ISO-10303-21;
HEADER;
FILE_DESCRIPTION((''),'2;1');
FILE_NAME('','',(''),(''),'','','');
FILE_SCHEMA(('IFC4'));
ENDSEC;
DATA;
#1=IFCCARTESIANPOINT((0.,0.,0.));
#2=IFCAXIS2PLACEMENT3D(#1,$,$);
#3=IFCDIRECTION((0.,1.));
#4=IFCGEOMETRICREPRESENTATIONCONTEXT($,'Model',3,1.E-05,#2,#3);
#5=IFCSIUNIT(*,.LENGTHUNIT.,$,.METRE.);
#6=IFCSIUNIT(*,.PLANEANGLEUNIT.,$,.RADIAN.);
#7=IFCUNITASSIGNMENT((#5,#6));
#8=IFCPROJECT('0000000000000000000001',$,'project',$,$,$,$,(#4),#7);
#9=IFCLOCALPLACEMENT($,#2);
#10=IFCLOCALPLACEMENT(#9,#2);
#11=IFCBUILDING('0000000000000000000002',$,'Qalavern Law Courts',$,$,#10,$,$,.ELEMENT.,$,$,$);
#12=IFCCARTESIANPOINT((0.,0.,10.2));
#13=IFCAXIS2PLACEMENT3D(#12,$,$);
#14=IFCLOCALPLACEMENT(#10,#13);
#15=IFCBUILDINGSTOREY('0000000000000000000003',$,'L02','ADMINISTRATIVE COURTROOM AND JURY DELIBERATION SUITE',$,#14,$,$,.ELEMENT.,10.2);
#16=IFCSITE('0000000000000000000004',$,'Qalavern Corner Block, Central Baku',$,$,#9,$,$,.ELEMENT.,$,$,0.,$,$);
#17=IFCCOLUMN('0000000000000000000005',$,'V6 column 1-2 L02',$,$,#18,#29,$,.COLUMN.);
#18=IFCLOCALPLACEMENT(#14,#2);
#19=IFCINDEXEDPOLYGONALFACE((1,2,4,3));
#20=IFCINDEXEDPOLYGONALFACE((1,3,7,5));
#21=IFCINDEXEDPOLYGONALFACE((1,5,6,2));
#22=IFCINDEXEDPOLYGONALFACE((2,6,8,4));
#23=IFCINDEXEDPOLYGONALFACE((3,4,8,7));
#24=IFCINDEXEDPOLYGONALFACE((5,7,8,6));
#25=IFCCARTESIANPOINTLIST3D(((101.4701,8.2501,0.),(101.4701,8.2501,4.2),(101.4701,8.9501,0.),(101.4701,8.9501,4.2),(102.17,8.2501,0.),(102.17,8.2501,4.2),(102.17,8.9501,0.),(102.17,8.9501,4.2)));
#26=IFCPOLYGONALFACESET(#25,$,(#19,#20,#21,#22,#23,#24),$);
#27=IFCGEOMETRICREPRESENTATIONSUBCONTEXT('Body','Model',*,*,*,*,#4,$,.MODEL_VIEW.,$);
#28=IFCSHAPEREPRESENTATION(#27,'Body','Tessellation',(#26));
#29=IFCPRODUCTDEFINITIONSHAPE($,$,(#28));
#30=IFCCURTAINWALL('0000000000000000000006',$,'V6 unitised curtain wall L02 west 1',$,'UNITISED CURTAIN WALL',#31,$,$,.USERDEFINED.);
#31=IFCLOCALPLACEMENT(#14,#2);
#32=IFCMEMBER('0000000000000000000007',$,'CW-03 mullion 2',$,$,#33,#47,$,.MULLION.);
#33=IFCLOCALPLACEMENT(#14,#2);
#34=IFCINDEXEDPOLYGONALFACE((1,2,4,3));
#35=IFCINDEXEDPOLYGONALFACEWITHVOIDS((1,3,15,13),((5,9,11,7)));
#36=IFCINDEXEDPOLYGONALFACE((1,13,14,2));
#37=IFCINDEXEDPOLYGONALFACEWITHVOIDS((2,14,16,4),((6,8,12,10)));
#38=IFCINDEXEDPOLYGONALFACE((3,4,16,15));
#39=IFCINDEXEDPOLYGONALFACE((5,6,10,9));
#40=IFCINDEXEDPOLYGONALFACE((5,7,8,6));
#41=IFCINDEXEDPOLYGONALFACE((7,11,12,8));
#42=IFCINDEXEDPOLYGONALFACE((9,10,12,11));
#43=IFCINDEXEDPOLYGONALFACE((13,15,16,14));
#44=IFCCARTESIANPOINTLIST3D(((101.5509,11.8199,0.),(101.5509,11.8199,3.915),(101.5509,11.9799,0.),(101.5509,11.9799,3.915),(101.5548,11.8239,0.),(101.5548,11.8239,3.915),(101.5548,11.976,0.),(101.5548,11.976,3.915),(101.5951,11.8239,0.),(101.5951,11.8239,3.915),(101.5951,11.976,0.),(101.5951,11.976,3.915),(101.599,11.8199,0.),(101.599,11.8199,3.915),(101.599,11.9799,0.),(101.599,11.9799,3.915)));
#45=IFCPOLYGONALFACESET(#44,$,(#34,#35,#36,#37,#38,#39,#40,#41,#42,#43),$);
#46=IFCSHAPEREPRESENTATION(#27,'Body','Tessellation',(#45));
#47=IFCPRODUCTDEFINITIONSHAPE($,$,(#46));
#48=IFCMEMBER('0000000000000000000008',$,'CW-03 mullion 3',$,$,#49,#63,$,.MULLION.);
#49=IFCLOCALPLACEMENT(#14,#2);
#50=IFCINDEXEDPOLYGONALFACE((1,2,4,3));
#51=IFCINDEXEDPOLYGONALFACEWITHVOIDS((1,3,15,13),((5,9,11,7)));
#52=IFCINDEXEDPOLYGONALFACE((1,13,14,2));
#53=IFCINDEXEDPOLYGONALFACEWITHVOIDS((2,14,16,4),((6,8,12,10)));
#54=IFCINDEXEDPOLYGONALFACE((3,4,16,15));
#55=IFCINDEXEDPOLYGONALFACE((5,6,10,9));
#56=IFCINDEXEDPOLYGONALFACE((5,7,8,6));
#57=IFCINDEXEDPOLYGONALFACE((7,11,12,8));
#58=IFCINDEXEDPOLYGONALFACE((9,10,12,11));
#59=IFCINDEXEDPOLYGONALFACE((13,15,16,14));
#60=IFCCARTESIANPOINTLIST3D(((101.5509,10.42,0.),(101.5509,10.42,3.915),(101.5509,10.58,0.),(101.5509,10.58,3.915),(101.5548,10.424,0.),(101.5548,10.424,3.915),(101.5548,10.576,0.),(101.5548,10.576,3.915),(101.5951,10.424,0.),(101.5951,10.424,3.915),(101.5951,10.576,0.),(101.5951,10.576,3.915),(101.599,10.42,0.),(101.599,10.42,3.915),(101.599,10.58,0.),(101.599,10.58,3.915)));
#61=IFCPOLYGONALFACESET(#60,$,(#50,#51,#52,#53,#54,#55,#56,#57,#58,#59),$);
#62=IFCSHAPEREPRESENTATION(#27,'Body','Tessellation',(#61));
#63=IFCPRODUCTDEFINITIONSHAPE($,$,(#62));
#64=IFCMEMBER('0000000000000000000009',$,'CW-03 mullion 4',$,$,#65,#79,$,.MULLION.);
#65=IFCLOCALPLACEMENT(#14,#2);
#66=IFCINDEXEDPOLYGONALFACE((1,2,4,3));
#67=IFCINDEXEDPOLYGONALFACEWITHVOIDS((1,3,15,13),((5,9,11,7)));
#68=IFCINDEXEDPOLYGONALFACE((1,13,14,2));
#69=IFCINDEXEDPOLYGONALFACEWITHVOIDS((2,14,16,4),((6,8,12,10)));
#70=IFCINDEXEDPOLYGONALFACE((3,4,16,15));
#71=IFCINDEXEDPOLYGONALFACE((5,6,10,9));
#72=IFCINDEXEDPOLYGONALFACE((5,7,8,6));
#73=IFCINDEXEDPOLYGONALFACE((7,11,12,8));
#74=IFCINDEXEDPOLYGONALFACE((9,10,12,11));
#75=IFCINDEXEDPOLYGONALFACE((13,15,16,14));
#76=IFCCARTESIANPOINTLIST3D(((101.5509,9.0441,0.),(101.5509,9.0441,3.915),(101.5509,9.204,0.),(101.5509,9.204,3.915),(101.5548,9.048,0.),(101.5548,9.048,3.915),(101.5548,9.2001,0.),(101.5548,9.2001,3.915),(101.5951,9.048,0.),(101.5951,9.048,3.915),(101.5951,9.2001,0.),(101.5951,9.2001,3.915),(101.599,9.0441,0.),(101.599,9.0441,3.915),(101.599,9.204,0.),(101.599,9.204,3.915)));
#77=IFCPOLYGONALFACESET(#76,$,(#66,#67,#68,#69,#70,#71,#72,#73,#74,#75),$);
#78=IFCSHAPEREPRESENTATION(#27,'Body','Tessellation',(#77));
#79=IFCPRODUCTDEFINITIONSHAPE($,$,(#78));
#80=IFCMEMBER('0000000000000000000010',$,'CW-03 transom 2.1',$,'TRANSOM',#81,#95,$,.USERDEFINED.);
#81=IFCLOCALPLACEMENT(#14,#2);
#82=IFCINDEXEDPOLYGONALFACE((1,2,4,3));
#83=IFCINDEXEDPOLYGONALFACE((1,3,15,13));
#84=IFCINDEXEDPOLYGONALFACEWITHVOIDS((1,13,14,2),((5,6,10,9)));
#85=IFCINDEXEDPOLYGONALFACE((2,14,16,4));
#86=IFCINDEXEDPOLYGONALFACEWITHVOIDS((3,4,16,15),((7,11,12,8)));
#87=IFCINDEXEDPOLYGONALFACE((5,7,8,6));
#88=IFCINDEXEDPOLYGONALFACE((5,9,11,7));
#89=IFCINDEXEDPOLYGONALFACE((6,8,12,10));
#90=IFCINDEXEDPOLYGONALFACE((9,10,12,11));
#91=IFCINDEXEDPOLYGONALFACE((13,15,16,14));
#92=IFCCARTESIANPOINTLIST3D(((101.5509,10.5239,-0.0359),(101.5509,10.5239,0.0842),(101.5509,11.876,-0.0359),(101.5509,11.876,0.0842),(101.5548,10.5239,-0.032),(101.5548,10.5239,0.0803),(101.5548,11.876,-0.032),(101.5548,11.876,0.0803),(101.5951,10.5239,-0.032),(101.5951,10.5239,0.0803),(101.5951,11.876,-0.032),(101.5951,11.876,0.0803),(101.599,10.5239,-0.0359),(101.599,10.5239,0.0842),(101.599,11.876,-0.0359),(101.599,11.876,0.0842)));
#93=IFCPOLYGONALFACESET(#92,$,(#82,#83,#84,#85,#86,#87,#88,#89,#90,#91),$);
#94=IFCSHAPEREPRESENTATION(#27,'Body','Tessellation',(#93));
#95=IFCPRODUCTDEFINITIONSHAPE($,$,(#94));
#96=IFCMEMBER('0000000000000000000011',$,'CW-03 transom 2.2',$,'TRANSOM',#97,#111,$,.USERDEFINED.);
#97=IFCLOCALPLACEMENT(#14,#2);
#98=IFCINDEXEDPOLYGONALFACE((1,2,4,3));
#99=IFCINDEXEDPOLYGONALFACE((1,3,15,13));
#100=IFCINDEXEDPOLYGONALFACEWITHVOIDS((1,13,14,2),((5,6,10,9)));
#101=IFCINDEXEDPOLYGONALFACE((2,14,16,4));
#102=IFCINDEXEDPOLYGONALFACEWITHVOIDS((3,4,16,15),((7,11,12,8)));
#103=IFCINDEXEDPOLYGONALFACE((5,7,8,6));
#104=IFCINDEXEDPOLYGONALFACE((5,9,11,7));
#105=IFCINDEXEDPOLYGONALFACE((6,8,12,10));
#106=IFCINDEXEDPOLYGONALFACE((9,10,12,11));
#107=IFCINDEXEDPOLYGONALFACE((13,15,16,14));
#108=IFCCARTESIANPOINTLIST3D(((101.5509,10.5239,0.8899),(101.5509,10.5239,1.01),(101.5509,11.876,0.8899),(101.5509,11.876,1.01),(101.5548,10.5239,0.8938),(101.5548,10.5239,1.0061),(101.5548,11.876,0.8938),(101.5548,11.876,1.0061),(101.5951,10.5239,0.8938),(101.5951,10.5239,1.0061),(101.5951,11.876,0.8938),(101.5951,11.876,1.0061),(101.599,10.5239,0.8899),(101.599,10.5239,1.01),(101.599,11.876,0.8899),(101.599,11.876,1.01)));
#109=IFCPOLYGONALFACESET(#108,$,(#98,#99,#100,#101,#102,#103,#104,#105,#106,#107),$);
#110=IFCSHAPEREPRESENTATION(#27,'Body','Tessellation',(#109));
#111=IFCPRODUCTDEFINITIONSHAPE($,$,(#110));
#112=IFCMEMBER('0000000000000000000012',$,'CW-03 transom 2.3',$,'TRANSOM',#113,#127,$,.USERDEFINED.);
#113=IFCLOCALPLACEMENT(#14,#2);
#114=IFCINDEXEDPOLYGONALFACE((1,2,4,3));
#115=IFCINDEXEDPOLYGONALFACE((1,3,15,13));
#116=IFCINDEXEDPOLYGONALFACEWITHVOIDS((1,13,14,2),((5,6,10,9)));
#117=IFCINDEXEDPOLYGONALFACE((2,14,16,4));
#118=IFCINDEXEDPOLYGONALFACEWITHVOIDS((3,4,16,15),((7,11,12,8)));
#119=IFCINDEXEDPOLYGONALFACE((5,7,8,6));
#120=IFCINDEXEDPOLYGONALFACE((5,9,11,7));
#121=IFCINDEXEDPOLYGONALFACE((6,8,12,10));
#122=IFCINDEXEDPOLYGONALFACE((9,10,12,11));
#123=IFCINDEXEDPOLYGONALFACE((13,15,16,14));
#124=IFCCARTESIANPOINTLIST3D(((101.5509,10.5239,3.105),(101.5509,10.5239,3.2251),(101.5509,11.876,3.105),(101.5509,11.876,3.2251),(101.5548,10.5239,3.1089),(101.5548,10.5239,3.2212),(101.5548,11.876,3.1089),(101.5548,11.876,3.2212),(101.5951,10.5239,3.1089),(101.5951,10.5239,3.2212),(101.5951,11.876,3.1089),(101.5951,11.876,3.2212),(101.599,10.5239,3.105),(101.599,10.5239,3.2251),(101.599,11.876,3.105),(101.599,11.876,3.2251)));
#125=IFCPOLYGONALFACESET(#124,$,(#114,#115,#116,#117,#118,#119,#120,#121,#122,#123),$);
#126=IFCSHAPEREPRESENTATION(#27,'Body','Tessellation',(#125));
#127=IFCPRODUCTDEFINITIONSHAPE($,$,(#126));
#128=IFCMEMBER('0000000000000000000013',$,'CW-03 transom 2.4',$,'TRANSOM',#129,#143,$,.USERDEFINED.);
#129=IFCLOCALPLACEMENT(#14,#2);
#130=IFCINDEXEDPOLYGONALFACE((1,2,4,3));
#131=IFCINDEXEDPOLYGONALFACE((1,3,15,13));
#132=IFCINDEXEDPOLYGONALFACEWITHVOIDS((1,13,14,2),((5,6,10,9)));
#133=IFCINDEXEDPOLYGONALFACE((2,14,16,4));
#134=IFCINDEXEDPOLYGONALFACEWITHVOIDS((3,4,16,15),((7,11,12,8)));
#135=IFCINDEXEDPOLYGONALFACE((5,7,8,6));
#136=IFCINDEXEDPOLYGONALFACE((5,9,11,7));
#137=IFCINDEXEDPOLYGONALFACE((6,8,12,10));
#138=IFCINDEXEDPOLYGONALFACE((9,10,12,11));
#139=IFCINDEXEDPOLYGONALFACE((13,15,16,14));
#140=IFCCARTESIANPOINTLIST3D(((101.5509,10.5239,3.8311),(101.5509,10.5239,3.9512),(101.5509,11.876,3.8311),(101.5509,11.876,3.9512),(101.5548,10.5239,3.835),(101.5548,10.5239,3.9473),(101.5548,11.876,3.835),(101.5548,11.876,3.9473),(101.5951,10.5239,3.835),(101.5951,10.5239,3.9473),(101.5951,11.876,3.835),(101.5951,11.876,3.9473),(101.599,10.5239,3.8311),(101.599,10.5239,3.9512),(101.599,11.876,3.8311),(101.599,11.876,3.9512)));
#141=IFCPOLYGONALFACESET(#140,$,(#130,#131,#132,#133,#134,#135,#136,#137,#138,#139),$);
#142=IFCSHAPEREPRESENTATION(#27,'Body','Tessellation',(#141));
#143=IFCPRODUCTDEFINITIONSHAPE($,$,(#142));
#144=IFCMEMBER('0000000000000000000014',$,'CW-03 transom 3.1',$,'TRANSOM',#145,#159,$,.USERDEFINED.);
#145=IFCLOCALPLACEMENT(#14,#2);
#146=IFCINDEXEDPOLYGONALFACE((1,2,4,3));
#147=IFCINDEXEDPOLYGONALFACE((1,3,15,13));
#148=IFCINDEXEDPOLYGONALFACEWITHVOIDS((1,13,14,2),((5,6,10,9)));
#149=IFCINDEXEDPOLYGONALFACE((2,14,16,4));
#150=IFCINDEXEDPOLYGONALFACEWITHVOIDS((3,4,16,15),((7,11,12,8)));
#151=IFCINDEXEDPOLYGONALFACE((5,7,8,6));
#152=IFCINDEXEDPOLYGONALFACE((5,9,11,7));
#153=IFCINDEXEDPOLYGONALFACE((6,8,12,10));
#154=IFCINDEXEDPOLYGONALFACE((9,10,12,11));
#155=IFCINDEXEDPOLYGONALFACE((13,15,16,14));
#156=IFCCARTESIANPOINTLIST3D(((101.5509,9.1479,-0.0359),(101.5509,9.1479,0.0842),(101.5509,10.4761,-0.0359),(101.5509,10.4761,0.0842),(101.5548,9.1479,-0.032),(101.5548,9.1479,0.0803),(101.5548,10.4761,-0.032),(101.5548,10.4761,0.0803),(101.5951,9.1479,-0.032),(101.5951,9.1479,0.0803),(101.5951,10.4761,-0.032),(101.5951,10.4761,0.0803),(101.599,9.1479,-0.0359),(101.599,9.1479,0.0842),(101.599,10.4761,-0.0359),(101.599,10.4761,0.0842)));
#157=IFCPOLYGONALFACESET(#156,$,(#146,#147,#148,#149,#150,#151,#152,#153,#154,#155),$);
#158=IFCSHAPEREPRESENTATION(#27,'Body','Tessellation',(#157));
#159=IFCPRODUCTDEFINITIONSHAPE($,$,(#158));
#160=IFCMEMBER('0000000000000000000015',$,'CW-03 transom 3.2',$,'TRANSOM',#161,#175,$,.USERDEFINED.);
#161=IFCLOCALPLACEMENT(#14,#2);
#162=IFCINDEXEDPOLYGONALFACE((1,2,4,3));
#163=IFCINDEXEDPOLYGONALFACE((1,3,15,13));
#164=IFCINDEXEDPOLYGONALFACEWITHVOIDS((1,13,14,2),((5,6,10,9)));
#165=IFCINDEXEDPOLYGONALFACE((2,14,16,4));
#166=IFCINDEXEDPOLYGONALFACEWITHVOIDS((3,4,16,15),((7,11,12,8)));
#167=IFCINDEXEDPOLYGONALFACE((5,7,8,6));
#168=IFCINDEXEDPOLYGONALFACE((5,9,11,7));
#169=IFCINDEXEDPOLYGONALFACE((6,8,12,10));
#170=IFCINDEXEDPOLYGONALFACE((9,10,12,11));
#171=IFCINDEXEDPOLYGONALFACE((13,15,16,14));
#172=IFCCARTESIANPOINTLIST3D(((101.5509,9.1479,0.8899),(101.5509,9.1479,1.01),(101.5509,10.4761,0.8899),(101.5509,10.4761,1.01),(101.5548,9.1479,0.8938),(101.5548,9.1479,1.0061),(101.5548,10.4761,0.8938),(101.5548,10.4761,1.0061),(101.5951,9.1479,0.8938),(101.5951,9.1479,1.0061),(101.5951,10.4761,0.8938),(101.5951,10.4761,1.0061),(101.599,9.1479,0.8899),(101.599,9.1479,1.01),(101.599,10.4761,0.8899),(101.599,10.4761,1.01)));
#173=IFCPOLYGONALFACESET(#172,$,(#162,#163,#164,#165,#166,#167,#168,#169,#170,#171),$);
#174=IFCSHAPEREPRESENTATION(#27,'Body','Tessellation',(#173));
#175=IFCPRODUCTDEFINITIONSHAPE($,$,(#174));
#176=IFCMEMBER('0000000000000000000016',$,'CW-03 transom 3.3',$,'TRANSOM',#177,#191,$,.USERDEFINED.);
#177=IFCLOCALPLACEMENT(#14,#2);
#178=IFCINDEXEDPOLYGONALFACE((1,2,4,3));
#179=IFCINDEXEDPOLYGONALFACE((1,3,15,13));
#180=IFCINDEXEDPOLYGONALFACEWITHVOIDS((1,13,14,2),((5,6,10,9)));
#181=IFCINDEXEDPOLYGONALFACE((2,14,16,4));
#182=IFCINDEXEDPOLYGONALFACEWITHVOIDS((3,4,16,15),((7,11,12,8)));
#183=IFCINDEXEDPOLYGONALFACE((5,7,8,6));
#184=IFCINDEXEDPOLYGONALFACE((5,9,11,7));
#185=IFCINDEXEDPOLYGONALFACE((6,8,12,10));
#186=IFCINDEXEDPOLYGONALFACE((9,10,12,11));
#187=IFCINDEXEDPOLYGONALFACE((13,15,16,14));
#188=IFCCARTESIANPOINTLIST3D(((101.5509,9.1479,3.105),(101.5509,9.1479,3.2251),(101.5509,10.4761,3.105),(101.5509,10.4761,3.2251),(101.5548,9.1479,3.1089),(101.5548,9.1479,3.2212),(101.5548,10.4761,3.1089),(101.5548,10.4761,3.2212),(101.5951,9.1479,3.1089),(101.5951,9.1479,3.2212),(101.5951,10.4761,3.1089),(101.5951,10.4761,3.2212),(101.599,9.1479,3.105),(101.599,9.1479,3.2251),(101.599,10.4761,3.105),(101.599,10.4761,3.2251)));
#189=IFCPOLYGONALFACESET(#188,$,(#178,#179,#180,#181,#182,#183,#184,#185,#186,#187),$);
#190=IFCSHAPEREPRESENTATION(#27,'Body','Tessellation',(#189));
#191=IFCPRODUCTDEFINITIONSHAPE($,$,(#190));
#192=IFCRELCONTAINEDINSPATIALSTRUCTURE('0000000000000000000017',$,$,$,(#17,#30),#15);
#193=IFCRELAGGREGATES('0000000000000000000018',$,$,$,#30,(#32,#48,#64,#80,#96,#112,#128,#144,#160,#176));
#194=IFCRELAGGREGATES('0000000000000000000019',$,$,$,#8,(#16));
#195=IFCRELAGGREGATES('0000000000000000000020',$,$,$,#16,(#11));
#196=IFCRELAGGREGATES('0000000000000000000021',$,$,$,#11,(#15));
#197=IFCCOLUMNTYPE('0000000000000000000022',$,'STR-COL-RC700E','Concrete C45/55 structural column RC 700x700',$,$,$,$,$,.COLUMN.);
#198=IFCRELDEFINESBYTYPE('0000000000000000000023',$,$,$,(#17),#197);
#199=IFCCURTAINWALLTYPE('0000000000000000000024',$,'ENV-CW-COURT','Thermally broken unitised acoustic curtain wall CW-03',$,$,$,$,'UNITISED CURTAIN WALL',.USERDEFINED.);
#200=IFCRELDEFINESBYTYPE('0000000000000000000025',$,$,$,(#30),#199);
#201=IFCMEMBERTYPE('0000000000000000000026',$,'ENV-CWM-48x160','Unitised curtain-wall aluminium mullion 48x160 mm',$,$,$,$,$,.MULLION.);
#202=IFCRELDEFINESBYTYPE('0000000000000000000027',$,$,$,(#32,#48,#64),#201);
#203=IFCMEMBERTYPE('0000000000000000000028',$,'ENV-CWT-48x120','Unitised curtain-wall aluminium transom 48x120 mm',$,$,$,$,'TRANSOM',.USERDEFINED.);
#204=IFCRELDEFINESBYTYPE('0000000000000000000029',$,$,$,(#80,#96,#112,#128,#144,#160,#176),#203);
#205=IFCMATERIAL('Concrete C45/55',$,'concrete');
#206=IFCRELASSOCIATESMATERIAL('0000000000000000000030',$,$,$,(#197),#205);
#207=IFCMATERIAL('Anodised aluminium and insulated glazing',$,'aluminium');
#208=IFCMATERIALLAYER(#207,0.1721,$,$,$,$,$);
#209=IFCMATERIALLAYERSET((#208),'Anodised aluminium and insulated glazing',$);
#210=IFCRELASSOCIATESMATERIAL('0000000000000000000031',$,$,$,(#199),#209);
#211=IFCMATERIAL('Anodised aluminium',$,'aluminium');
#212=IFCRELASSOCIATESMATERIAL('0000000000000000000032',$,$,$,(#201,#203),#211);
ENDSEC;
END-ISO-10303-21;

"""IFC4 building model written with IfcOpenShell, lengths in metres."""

from ifc_helpers import new_model, si_unit, direction, frame, origin, origin_2d, place, context, subcontext, project, spatial, rectangle, hollow_rectangle, extrude, material, layer, layer_set, material_profile, profile_set, type_object, element, aggregate, save


model = new_model("IFC4")

# Units and contexts
model_context = context("Model", 3, precision=1e-05, world=origin(), true_north=direction((0.0, 1.0)))
body_context = subcontext(model_context, "Body", "Model", "MODEL_VIEW")
ifc_project = project(units=[si_unit("LENGTHUNIT", "METRE"), si_unit("PLANEANGLEUNIT", "RADIAN")], contexts=[model_context])

# Site, building, storey
site_placement = place(None, origin())
site = spatial("IfcSite", under=ifc_project, at=site_placement, Name="Qalavern Corner Block, Central Baku", CompositionType="ELEMENT", RefElevation=0.0)
building_placement = place(site_placement, origin())
building = spatial("IfcBuilding", under=site, at=building_placement, Name="Qalavern Law Courts", CompositionType="ELEMENT")
storey_placement = place(building_placement, frame((0.0, 0.0, 10.2)))
storey = spatial("IfcBuildingStorey", under=building, at=storey_placement, Name="L02", Description="ADMINISTRATIVE COURTROOM AND JURY DELIBERATION SUITE", CompositionType="ELEMENT", Elevation=10.2)

# Column
ifc_material_1 = material(Name="Concrete C45/55", Category="concrete")
ifc_material_profile_1 = material_profile(ifc_material_1, rectangle(XDim=0.7, YDim=0.7, at=origin_2d()), Name="RC 700x700")
ifc_profile_set_1 = profile_set([ifc_material_profile_1], Name="Concrete C45/55")
column_type = type_object("IfcColumnType", Name="STR-COL-RC700E", Description="Concrete C45/55 structural column RC 700x700", PredefinedType="COLUMN", material=ifc_profile_set_1)
column_placement = place(storey_placement, frame((101.8201, 8.6001, 0.0), z_axis=(0.0, 0.0, 1.0), x_axis=(1.0, 0.0, 0.0)))
element("IfcColumn", 1, at=column_placement, inside=storey, type_object=column_type, Name="V6 column 1-2 L02", PredefinedType="COLUMN", context=body_context, shape_type="SweptSolid", body=[
    extrude(rectangle(XDim=0.7, YDim=0.7, at=origin_2d()), origin(), (0.0, 0.0, 1.0), 4.2),
])

# Curtain wall, members
ifc_material_2 = material(Name="Anodised aluminium and insulated glazing", Category="aluminium")
ifc_layer_1 = layer(ifc_material_2, 0.1721)
ifc_layer_set_1 = layer_set([ifc_layer_1], Name="Anodised aluminium and insulated glazing")
curtain_wall_type = type_object("IfcCurtainWallType", Name="ENV-CW-COURT", Description="Thermally broken unitised acoustic curtain wall CW-03", ElementType="UNITISED CURTAIN WALL", PredefinedType="USERDEFINED", material=ifc_layer_set_1)
curtain_wall_placement = place(storey_placement, origin())
curtain_wall = element("IfcCurtainWall", 2, at=curtain_wall_placement, inside=storey, type_object=curtain_wall_type, Name="V6 unitised curtain wall L02 west 1", ObjectType="UNITISED CURTAIN WALL", PredefinedType="USERDEFINED")
ifc_material_3 = material(Name="Anodised aluminium", Category="aluminium")
ifc_material_profile_2 = material_profile(ifc_material_3, hollow_rectangle(XDim=0.0481, YDim=0.1599, WallThickness=0.0039, at=origin_2d()), Name="ALU MULLION 48x160")
ifc_profile_set_2 = profile_set([ifc_material_profile_2], Name="Anodised aluminium")
member_type_1 = type_object("IfcMemberType", Name="ENV-CWM-48x160", Description="Unitised curtain-wall aluminium mullion 48x160 mm", PredefinedType="MULLION", material=ifc_profile_set_2)
member_1_placement = place(storey_placement, frame((101.575, 11.8999, 0.0), z_axis=(0.0, 0.0, 1.0), x_axis=(1.0, 0.0, 0.0)))
member_1 = element("IfcMember", 3, at=member_1_placement, type_object=member_type_1, Name="CW-03 mullion 2", PredefinedType="MULLION", context=body_context, shape_type="SweptSolid", body=[
    extrude(hollow_rectangle(XDim=0.0481, YDim=0.1599, WallThickness=0.0039, at=origin_2d()), origin(), (0.0, 0.0, 1.0), 3.915),
])
member_2_placement = place(storey_placement, frame((101.575, 10.5, 0.0), z_axis=(0.0, 0.0, 1.0), x_axis=(1.0, 0.0, 0.0)))
member_2 = element("IfcMember", 4, at=member_2_placement, type_object=member_type_1, Name="CW-03 mullion 3", PredefinedType="MULLION", context=body_context, shape_type="SweptSolid", body=[
    extrude(hollow_rectangle(XDim=0.0481, YDim=0.1599, WallThickness=0.0039, at=origin_2d()), origin(), (0.0, 0.0, 1.0), 3.915),
])
member_3_placement = place(storey_placement, frame((101.575, 9.124, 0.0), z_axis=(0.0, 0.0, 1.0), x_axis=(1.0, 0.0, 0.0)))
member_3 = element("IfcMember", 5, at=member_3_placement, type_object=member_type_1, Name="CW-03 mullion 4", PredefinedType="MULLION", context=body_context, shape_type="SweptSolid", body=[
    extrude(hollow_rectangle(XDim=0.0481, YDim=0.1599, WallThickness=0.0039, at=origin_2d()), origin(), (0.0, 0.0, 1.0), 3.915),
])
ifc_material_profile_3 = material_profile(ifc_material_3, hollow_rectangle(XDim=0.0481, YDim=0.1201, WallThickness=0.0039, at=origin_2d()), Name="ALU TRANSOM 48x120")
ifc_profile_set_3 = profile_set([ifc_material_profile_3], Name="Anodised aluminium")
member_type_2 = type_object("IfcMemberType", Name="ENV-CWT-48x120", Description="Unitised curtain-wall aluminium transom 48x120 mm", ElementType="TRANSOM", PredefinedType="USERDEFINED", material=ifc_profile_set_3)
member_4_placement = place(storey_placement, frame((101.575, 11.876, 0.0242), z_axis=(0.0, -1.0, 0.0), x_axis=(1.0, 0.0, 0.0)))
member_4 = element("IfcMember", 6, at=member_4_placement, type_object=member_type_2, Name="CW-03 transom 2.1", ObjectType="TRANSOM", PredefinedType="USERDEFINED", context=body_context, shape_type="SweptSolid", body=[
    extrude(hollow_rectangle(XDim=0.0481, YDim=0.1201, WallThickness=0.0039, at=origin_2d()), origin(), (0.0, 0.0, 1.0), 1.3521),
])
member_5_placement = place(storey_placement, frame((101.575, 11.876, 0.95), z_axis=(0.0, -1.0, 0.0), x_axis=(1.0, 0.0, 0.0)))
member_5 = element("IfcMember", 7, at=member_5_placement, type_object=member_type_2, Name="CW-03 transom 2.2", ObjectType="TRANSOM", PredefinedType="USERDEFINED", context=body_context, shape_type="SweptSolid", body=[
    extrude(hollow_rectangle(XDim=0.0481, YDim=0.1201, WallThickness=0.0039, at=origin_2d()), origin(), (0.0, 0.0, 1.0), 1.3521),
])
member_6_placement = place(storey_placement, frame((101.575, 11.876, 3.165), z_axis=(0.0, -1.0, 0.0), x_axis=(1.0, 0.0, 0.0)))
member_6 = element("IfcMember", 8, at=member_6_placement, type_object=member_type_2, Name="CW-03 transom 2.3", ObjectType="TRANSOM", PredefinedType="USERDEFINED", context=body_context, shape_type="SweptSolid", body=[
    extrude(hollow_rectangle(XDim=0.0481, YDim=0.1201, WallThickness=0.0039, at=origin_2d()), origin(), (0.0, 0.0, 1.0), 1.3521),
])
member_7_placement = place(storey_placement, frame((101.575, 11.876, 3.8911), z_axis=(0.0, -1.0, 0.0), x_axis=(1.0, 0.0, 0.0)))
member_7 = element("IfcMember", 9, at=member_7_placement, type_object=member_type_2, Name="CW-03 transom 2.4", ObjectType="TRANSOM", PredefinedType="USERDEFINED", context=body_context, shape_type="SweptSolid", body=[
    extrude(hollow_rectangle(XDim=0.0481, YDim=0.1201, WallThickness=0.0039, at=origin_2d()), origin(), (0.0, 0.0, 1.0), 1.3521),
])
member_8_placement = place(storey_placement, frame((101.575, 10.4761, 0.0242), z_axis=(0.0, -1.0, 0.0), x_axis=(1.0, 0.0, 0.0)))
member_8 = element("IfcMember", 10, at=member_8_placement, type_object=member_type_2, Name="CW-03 transom 3.1", ObjectType="TRANSOM", PredefinedType="USERDEFINED", context=body_context, shape_type="SweptSolid", body=[
    extrude(hollow_rectangle(XDim=0.0481, YDim=0.1201, WallThickness=0.0039, at=origin_2d()), origin(), (0.0, 0.0, 1.0), 1.3281),
])
member_9_placement = place(storey_placement, frame((101.575, 10.4761, 0.95), z_axis=(0.0, -1.0, 0.0), x_axis=(1.0, 0.0, 0.0)))
member_9 = element("IfcMember", 11, at=member_9_placement, type_object=member_type_2, Name="CW-03 transom 3.2", ObjectType="TRANSOM", PredefinedType="USERDEFINED", context=body_context, shape_type="SweptSolid", body=[
    extrude(hollow_rectangle(XDim=0.0481, YDim=0.1201, WallThickness=0.0039, at=origin_2d()), origin(), (0.0, 0.0, 1.0), 1.3281),
])
member_10_placement = place(storey_placement, frame((101.575, 10.4761, 3.165), z_axis=(0.0, -1.0, 0.0), x_axis=(1.0, 0.0, 0.0)))
member_10 = element("IfcMember", 12, at=member_10_placement, type_object=member_type_2, Name="CW-03 transom 3.3", ObjectType="TRANSOM", PredefinedType="USERDEFINED", context=body_context, shape_type="SweptSolid", body=[
    extrude(hollow_rectangle(XDim=0.0481, YDim=0.1201, WallThickness=0.0039, at=origin_2d()), origin(), (0.0, 0.0, 1.0), 1.3281),
])

aggregate(curtain_wall, [member_1, member_2, member_3, member_4, member_5, member_6, member_7, member_8, member_9, member_10])

save(model, "model.ifc")
